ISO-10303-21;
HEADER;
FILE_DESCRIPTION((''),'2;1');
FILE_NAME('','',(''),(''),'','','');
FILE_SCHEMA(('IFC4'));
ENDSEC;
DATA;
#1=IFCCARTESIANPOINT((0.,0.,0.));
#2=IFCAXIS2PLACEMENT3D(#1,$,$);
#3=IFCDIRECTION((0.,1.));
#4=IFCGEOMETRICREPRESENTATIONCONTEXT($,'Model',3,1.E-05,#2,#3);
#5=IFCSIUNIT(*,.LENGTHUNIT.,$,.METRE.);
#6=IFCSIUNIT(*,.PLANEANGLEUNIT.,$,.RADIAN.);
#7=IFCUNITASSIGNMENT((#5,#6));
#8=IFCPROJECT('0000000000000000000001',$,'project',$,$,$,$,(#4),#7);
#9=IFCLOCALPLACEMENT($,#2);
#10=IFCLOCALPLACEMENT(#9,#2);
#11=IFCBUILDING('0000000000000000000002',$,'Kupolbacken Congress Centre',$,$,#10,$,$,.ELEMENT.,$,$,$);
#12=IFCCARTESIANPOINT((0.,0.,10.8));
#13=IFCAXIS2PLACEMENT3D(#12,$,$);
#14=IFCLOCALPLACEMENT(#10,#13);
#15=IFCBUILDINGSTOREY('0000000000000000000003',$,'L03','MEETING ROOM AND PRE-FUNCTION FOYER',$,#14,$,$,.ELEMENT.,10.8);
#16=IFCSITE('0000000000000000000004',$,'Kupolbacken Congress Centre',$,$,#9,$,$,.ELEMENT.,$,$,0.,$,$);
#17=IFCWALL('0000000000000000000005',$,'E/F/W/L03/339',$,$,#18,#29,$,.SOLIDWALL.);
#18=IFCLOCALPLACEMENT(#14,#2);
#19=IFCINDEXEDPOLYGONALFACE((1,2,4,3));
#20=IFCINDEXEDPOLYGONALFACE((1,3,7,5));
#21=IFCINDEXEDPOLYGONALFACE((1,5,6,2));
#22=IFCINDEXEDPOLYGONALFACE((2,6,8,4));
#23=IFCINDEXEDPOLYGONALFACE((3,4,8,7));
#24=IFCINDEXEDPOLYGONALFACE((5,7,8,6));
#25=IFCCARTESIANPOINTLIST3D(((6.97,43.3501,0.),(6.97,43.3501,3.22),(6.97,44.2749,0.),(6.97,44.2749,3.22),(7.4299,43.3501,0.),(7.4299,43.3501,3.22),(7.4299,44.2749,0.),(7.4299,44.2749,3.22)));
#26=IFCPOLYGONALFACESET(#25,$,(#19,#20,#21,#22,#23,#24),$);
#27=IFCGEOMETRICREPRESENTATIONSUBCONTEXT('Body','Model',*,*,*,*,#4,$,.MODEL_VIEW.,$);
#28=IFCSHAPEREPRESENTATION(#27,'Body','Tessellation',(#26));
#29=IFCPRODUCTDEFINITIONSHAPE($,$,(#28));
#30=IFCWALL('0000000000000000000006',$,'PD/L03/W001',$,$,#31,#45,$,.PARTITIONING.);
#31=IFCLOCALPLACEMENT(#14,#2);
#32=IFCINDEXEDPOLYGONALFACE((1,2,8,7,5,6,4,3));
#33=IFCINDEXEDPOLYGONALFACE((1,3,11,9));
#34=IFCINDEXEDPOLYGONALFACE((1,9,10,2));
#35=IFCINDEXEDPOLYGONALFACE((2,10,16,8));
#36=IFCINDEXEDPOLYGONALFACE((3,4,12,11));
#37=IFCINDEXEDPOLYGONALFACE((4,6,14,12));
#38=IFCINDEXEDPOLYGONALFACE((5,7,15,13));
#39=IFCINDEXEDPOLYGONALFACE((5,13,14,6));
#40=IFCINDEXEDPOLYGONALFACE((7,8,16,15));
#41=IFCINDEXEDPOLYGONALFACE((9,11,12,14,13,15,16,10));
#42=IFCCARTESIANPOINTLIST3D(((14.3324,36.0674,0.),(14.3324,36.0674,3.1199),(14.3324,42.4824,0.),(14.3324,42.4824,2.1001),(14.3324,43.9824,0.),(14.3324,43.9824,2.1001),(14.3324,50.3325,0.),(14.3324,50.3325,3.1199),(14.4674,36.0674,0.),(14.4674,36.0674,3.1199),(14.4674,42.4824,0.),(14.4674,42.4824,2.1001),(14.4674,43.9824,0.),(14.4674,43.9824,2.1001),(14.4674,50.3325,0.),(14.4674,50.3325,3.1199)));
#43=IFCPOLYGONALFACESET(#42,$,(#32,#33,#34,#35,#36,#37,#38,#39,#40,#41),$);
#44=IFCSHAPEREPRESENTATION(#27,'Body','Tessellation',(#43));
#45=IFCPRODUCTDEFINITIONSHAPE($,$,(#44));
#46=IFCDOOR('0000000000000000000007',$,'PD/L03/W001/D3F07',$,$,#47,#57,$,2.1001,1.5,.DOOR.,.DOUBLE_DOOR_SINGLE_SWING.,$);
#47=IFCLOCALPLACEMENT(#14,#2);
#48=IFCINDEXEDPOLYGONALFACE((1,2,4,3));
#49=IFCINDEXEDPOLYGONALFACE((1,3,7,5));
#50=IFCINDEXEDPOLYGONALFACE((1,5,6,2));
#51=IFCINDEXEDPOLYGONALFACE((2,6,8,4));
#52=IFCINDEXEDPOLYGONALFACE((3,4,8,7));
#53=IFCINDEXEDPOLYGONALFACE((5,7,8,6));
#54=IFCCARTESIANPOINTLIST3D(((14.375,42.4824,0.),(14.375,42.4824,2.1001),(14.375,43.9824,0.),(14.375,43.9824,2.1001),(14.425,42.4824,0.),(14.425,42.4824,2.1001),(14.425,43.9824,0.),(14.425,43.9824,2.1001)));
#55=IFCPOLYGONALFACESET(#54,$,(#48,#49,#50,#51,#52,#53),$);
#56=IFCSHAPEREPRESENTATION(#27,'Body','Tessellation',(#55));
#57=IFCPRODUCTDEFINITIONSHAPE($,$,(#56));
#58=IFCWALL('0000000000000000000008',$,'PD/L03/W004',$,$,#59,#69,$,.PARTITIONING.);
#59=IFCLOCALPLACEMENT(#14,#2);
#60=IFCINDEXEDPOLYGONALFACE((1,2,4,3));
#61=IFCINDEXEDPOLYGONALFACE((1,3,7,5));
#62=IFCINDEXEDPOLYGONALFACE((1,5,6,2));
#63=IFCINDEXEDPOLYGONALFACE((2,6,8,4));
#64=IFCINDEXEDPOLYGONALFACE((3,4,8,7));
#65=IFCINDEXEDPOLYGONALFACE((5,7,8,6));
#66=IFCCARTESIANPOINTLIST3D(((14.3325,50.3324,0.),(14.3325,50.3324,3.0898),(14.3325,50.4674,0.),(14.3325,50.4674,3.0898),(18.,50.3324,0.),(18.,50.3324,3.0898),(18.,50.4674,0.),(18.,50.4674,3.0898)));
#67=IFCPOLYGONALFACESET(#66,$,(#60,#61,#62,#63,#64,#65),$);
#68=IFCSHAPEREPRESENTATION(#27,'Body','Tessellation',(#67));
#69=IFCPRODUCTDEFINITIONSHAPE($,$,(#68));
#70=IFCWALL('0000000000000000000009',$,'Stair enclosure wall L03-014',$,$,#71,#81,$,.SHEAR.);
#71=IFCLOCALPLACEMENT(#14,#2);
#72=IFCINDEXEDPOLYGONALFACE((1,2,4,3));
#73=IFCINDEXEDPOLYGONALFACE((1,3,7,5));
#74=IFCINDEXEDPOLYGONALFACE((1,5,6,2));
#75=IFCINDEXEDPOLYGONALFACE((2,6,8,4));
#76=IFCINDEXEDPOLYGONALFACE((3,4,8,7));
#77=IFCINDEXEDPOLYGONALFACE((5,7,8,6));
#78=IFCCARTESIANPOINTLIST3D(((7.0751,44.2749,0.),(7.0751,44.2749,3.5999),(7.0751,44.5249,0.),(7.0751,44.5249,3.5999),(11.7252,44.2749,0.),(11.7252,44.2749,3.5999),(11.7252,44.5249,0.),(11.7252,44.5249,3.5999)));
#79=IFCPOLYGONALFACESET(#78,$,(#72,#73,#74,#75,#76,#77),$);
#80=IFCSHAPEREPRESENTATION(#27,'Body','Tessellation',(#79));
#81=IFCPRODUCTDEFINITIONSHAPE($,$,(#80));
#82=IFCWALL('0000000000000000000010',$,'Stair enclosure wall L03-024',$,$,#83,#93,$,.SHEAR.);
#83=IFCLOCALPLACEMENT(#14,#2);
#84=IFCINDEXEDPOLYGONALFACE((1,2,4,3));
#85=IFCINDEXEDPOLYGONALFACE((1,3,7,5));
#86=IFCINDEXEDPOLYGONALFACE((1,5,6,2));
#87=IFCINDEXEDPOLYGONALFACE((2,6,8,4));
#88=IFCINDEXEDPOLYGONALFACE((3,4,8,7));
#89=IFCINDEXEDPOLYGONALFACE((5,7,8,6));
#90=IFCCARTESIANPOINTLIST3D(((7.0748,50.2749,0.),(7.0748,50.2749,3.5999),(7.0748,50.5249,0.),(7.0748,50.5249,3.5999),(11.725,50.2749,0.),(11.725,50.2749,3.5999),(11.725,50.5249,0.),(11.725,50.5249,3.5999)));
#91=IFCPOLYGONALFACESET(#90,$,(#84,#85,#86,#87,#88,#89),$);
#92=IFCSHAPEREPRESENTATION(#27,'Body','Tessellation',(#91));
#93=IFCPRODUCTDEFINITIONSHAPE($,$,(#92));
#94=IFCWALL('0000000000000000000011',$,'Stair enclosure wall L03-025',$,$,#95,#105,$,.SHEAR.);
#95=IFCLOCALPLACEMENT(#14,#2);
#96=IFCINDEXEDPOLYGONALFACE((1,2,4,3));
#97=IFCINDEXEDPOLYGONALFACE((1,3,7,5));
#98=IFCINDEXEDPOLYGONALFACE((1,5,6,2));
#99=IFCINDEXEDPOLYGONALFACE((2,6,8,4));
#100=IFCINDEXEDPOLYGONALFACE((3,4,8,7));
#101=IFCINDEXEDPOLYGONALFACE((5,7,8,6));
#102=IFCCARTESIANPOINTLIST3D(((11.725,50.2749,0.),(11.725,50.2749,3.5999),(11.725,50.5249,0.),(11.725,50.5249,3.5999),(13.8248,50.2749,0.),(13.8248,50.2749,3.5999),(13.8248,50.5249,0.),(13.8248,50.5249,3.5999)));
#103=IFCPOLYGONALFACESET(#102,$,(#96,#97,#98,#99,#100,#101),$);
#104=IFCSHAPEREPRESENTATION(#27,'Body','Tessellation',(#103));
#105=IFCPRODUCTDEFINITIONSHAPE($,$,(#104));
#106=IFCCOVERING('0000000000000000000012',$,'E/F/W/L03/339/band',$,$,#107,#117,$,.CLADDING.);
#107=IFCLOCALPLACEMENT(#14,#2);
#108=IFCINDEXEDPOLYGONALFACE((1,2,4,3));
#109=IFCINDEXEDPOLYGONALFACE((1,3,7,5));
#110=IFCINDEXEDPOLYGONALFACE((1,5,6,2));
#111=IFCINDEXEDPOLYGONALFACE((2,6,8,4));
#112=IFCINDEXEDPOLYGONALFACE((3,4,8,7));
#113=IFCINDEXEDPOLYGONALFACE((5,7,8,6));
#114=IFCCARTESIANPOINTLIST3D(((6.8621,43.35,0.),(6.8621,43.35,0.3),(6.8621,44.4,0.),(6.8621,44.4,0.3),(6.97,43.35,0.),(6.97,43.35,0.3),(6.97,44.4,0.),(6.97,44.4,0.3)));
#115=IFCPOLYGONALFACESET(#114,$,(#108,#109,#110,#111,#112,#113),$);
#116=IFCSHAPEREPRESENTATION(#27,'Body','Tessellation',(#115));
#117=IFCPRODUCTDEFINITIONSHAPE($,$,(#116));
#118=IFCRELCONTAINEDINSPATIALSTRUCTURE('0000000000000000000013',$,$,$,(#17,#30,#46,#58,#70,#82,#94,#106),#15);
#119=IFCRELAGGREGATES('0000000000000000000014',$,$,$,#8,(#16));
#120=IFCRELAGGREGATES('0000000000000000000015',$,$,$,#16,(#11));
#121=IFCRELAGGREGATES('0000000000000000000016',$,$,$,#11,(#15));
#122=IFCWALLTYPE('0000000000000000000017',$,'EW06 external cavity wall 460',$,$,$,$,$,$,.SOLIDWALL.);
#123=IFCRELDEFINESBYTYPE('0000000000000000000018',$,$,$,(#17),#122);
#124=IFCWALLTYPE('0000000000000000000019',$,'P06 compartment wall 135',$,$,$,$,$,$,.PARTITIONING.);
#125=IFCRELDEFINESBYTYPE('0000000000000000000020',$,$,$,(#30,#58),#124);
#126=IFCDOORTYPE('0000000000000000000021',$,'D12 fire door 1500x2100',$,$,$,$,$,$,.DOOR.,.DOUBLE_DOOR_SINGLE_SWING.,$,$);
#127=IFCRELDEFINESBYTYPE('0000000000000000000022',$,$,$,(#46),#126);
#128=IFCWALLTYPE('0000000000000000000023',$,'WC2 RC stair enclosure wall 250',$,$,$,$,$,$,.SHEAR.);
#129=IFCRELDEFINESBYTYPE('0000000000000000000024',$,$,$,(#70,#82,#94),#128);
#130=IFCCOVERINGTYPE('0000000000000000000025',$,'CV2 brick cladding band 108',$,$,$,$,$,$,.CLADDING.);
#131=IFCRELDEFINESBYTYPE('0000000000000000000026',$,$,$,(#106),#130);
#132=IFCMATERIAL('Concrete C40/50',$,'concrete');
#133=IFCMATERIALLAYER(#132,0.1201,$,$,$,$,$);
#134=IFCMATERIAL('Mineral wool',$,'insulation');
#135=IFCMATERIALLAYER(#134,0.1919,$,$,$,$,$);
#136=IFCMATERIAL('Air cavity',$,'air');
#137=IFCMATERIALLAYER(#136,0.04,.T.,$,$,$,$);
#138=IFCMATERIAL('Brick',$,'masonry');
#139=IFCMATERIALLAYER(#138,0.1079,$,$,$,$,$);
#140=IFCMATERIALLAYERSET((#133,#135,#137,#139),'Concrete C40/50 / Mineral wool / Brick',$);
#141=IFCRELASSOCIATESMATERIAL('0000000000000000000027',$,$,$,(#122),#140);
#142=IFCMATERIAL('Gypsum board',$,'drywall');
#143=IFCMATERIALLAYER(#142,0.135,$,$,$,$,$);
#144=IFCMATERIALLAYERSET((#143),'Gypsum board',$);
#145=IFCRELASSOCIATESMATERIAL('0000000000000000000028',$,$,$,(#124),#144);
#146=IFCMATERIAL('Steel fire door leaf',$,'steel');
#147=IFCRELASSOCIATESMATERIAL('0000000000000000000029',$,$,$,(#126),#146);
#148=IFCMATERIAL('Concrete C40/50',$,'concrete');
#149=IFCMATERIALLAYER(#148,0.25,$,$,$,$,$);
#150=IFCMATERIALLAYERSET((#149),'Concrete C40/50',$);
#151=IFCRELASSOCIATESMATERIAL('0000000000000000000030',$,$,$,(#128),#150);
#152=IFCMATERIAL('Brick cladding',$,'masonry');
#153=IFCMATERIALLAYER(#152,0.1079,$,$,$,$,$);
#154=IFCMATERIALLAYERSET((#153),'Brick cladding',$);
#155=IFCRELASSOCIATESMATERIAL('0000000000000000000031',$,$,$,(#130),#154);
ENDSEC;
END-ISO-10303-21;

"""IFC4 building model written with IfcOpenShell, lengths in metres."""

from ifc_helpers import new_model, si_unit, direction, frame, frame_2d, origin, origin_2d, place, context, subcontext, project, spatial, rectangle, extrude, material, layer, layer_set, type_object, element, fill, save


model = new_model("IFC4")

# Units and contexts
model_context = context("Model", 3, precision=1e-05, world=origin(), true_north=direction((0.0, 1.0)))
body_context = subcontext(model_context, "Body", "Model", "MODEL_VIEW")
ifc_project = project(units=[si_unit("LENGTHUNIT", "METRE"), si_unit("PLANEANGLEUNIT", "RADIAN")], contexts=[model_context])

# Site, building, storey
site_placement = place(None, origin())
site = spatial("IfcSite", under=ifc_project, at=site_placement, Name="Kupolbacken Congress Centre", CompositionType="ELEMENT", RefElevation=0.0)
building_placement = place(site_placement, origin())
building = spatial("IfcBuilding", under=site, at=building_placement, Name="Kupolbacken Congress Centre", CompositionType="ELEMENT")
storey_placement = place(building_placement, frame((0.0, 0.0, 10.8)))
storey = spatial("IfcBuildingStorey", under=building, at=storey_placement, Name="L03", Description="MEETING ROOM AND PRE-FUNCTION FOYER", CompositionType="ELEMENT", Elevation=10.8)

# Wall
ifc_material_1 = material(Name="Concrete C40/50", Category="concrete")
ifc_layer_1 = layer(ifc_material_1, 0.1201)
ifc_material_2 = material(Name="Mineral wool", Category="insulation")
ifc_layer_2 = layer(ifc_material_2, 0.1919)
ifc_material_3 = material(Name="Air cavity", Category="air")
ifc_layer_3 = layer(ifc_material_3, 0.04, ventilated=True)
ifc_material_4 = material(Name="Brick", Category="masonry")
ifc_layer_4 = layer(ifc_material_4, 0.1079)
ifc_layer_set_1 = layer_set([ifc_layer_1, ifc_layer_2, ifc_layer_3, ifc_layer_4], Name="Concrete C40/50 / Mineral wool / Brick")
wall_type_1 = type_object("IfcWallType", Name="EW06 external cavity wall 460", PredefinedType="SOLIDWALL", material=ifc_layer_set_1)
wall_1_placement = place(storey_placement, frame((7.2, 44.2749, 0.0), z_axis=(0.0, 0.0, 1.0), x_axis=(0.0, -1.0, 0.0)))
element("IfcWall", 1, at=wall_1_placement, inside=storey, type_object=wall_type_1, Name="E/F/W/L03/339", PredefinedType="SOLIDWALL", context=body_context, shape_type="SweptSolid", body=[
    extrude(rectangle(XDim=0.9248, YDim=0.46, at=frame_2d((0.4624, 0.0))), origin(), (0.0, 0.0, 1.0), 3.22),
])

# Wall, opening, door
ifc_material_5 = material(Name="Gypsum board", Category="drywall")
ifc_layer_5 = layer(ifc_material_5, 0.135)
ifc_layer_set_2 = layer_set([ifc_layer_5], Name="Gypsum board")
wall_type_2 = type_object("IfcWallType", Name="P06 compartment wall 135", PredefinedType="PARTITIONING", material=ifc_layer_set_2)
wall_2_placement = place(storey_placement, frame((14.3999, 50.3325, 0.0), z_axis=(0.0, 0.0, 1.0), x_axis=(0.0, -1.0, 0.0)))
wall_2 = element("IfcWall", 2, at=wall_2_placement, inside=storey, type_object=wall_type_2, Name="PD/L03/W001", PredefinedType="PARTITIONING", context=body_context, shape_type="SweptSolid", body=[
    extrude(rectangle(XDim=14.2651, YDim=0.135, at=frame_2d((7.1326, 0.0))), origin(), (0.0, 0.0, 1.0), 3.1199),
])
opening_1_placement = place(wall_2_placement, frame((6.3501, 0.0, 0.0)))
opening_1 = element("IfcOpeningElement", 3, at=opening_1_placement, cuts=wall_2, PredefinedType="OPENING", context=body_context, shape_type="SweptSolid", body=[
    extrude(rectangle(XDim=1.5, YDim=2.1001, at=frame_2d((0.75, 1.05))), frame((0.0, 0.0774, 0.0), z_axis=(0.0, -1.0, 0.0), x_axis=(1.0, 0.0, 0.0)), (0.0, 0.0, 1.0), 0.155),
])
ifc_material_6 = material(Name="Steel fire door leaf", Category="steel")
door_type_1 = type_object("IfcDoorType", Name="D12 fire door 1500x2100", OperationType="DOUBLE_DOOR_SINGLE_SWING", PredefinedType="DOOR", material=ifc_material_6)
door_1_placement = place(opening_1_placement, frame((1.5, 0.0, 0.0), z_axis=(0.0, 0.0, 1.0), x_axis=(-1.0, 0.0, 0.0)))
door_1 = element("IfcDoor", 4, at=door_1_placement, inside=storey, type_object=door_type_1, Name="PD/L03/W001/D3F07", OperationType="DOUBLE_DOOR_SINGLE_SWING", OverallHeight=2.1001, OverallWidth=1.5, PredefinedType="DOOR", context=body_context, shape_type="SweptSolid", body=[
    extrude(rectangle(XDim=1.5, YDim=2.1001, at=frame_2d((0.75, 1.05))), frame((0.0, 0.0249, 0.0), z_axis=(0.0, -1.0, 0.0), x_axis=(1.0, 0.0, 0.0)), (0.0, 0.0, 1.0), 0.05),
])
fill(opening_1, door_1)

# Walls
wall_3_placement = place(storey_placement, frame((18.0, 50.3999, 0.0), z_axis=(0.0, 0.0, 1.0), x_axis=(-1.0, 0.0, 0.0)))
element("IfcWall", 5, at=wall_3_placement, inside=storey, type_object=wall_type_2, Name="PD/L03/W004", PredefinedType="PARTITIONING", context=body_context, shape_type="SweptSolid", body=[
    extrude(rectangle(XDim=3.6675, YDim=0.135, at=frame_2d((1.8337, 0.0))), origin(), (0.0, 0.0, 1.0), 3.0898),
])
ifc_material_7 = material(Name="Concrete C40/50", Category="concrete")
ifc_layer_6 = layer(ifc_material_7, 0.25)
ifc_layer_set_3 = layer_set([ifc_layer_6], Name="Concrete C40/50")
wall_type_3 = type_object("IfcWallType", Name="WC2 RC stair enclosure wall 250", PredefinedType="SHEAR", material=ifc_layer_set_3)
wall_4_placement = place(storey_placement, frame((7.075, 44.3999, 0.0), z_axis=(0.0, 0.0, 1.0), x_axis=(1.0, 0.0, 0.0)))
element("IfcWall", 6, at=wall_4_placement, inside=storey, type_object=wall_type_3, Name="Stair enclosure wall L03-014", PredefinedType="SHEAR", context=body_context, shape_type="SweptSolid", body=[
    extrude(rectangle(XDim=4.6501, YDim=0.25, at=frame_2d((2.3252, 0.0))), origin(), (0.0, 0.0, 1.0), 3.5999),
])

# Walls
wall_5_placement = place(storey_placement, frame((11.7251, 50.3999, 0.0), z_axis=(0.0, 0.0, 1.0), x_axis=(-1.0, 0.0, 0.0)))
element("IfcWall", 7, at=wall_5_placement, inside=storey, type_object=wall_type_3, Name="Stair enclosure wall L03-024", PredefinedType="SHEAR", context=body_context, shape_type="SweptSolid", body=[
    extrude(rectangle(XDim=4.6501, YDim=0.25, at=frame_2d((2.3252, 0.0))), origin(), (0.0, 0.0, 1.0), 3.5999),
])
wall_6_placement = place(storey_placement, frame((11.7251, 50.3999, 0.0), z_axis=(0.0, 0.0, 1.0), x_axis=(1.0, 0.0, 0.0)))
element("IfcWall", 8, at=wall_6_placement, inside=storey, type_object=wall_type_3, Name="Stair enclosure wall L03-025", PredefinedType="SHEAR", context=body_context, shape_type="SweptSolid", body=[
    extrude(rectangle(XDim=2.0999, YDim=0.25, at=frame_2d((1.0498, 0.0))), origin(), (0.0, 0.0, 1.0), 3.5999),
])

# Covering
ifc_material_8 = material(Name="Brick cladding", Category="masonry")
ifc_layer_7 = layer(ifc_material_8, 0.1079)
ifc_layer_set_4 = layer_set([ifc_layer_7], Name="Brick cladding")
covering_type = type_object("IfcCoveringType", Name="CV2 brick cladding band 108", PredefinedType="CLADDING", material=ifc_layer_set_4)
covering_placement = place(storey_placement, frame((6.916, 43.875, 0.0), z_axis=(0.0, 0.0, 1.0), x_axis=(0.0, -1.0, 0.0)))
element("IfcCovering", 9, at=covering_placement, inside=storey, type_object=covering_type, Name="E/F/W/L03/339/band", PredefinedType="CLADDING", context=body_context, shape_type="SweptSolid", body=[
    extrude(rectangle(XDim=1.05, YDim=0.1079, at=origin_2d()), origin(), (0.0, 0.0, 1.0), 0.3),
])

save(model, "model.ifc")
